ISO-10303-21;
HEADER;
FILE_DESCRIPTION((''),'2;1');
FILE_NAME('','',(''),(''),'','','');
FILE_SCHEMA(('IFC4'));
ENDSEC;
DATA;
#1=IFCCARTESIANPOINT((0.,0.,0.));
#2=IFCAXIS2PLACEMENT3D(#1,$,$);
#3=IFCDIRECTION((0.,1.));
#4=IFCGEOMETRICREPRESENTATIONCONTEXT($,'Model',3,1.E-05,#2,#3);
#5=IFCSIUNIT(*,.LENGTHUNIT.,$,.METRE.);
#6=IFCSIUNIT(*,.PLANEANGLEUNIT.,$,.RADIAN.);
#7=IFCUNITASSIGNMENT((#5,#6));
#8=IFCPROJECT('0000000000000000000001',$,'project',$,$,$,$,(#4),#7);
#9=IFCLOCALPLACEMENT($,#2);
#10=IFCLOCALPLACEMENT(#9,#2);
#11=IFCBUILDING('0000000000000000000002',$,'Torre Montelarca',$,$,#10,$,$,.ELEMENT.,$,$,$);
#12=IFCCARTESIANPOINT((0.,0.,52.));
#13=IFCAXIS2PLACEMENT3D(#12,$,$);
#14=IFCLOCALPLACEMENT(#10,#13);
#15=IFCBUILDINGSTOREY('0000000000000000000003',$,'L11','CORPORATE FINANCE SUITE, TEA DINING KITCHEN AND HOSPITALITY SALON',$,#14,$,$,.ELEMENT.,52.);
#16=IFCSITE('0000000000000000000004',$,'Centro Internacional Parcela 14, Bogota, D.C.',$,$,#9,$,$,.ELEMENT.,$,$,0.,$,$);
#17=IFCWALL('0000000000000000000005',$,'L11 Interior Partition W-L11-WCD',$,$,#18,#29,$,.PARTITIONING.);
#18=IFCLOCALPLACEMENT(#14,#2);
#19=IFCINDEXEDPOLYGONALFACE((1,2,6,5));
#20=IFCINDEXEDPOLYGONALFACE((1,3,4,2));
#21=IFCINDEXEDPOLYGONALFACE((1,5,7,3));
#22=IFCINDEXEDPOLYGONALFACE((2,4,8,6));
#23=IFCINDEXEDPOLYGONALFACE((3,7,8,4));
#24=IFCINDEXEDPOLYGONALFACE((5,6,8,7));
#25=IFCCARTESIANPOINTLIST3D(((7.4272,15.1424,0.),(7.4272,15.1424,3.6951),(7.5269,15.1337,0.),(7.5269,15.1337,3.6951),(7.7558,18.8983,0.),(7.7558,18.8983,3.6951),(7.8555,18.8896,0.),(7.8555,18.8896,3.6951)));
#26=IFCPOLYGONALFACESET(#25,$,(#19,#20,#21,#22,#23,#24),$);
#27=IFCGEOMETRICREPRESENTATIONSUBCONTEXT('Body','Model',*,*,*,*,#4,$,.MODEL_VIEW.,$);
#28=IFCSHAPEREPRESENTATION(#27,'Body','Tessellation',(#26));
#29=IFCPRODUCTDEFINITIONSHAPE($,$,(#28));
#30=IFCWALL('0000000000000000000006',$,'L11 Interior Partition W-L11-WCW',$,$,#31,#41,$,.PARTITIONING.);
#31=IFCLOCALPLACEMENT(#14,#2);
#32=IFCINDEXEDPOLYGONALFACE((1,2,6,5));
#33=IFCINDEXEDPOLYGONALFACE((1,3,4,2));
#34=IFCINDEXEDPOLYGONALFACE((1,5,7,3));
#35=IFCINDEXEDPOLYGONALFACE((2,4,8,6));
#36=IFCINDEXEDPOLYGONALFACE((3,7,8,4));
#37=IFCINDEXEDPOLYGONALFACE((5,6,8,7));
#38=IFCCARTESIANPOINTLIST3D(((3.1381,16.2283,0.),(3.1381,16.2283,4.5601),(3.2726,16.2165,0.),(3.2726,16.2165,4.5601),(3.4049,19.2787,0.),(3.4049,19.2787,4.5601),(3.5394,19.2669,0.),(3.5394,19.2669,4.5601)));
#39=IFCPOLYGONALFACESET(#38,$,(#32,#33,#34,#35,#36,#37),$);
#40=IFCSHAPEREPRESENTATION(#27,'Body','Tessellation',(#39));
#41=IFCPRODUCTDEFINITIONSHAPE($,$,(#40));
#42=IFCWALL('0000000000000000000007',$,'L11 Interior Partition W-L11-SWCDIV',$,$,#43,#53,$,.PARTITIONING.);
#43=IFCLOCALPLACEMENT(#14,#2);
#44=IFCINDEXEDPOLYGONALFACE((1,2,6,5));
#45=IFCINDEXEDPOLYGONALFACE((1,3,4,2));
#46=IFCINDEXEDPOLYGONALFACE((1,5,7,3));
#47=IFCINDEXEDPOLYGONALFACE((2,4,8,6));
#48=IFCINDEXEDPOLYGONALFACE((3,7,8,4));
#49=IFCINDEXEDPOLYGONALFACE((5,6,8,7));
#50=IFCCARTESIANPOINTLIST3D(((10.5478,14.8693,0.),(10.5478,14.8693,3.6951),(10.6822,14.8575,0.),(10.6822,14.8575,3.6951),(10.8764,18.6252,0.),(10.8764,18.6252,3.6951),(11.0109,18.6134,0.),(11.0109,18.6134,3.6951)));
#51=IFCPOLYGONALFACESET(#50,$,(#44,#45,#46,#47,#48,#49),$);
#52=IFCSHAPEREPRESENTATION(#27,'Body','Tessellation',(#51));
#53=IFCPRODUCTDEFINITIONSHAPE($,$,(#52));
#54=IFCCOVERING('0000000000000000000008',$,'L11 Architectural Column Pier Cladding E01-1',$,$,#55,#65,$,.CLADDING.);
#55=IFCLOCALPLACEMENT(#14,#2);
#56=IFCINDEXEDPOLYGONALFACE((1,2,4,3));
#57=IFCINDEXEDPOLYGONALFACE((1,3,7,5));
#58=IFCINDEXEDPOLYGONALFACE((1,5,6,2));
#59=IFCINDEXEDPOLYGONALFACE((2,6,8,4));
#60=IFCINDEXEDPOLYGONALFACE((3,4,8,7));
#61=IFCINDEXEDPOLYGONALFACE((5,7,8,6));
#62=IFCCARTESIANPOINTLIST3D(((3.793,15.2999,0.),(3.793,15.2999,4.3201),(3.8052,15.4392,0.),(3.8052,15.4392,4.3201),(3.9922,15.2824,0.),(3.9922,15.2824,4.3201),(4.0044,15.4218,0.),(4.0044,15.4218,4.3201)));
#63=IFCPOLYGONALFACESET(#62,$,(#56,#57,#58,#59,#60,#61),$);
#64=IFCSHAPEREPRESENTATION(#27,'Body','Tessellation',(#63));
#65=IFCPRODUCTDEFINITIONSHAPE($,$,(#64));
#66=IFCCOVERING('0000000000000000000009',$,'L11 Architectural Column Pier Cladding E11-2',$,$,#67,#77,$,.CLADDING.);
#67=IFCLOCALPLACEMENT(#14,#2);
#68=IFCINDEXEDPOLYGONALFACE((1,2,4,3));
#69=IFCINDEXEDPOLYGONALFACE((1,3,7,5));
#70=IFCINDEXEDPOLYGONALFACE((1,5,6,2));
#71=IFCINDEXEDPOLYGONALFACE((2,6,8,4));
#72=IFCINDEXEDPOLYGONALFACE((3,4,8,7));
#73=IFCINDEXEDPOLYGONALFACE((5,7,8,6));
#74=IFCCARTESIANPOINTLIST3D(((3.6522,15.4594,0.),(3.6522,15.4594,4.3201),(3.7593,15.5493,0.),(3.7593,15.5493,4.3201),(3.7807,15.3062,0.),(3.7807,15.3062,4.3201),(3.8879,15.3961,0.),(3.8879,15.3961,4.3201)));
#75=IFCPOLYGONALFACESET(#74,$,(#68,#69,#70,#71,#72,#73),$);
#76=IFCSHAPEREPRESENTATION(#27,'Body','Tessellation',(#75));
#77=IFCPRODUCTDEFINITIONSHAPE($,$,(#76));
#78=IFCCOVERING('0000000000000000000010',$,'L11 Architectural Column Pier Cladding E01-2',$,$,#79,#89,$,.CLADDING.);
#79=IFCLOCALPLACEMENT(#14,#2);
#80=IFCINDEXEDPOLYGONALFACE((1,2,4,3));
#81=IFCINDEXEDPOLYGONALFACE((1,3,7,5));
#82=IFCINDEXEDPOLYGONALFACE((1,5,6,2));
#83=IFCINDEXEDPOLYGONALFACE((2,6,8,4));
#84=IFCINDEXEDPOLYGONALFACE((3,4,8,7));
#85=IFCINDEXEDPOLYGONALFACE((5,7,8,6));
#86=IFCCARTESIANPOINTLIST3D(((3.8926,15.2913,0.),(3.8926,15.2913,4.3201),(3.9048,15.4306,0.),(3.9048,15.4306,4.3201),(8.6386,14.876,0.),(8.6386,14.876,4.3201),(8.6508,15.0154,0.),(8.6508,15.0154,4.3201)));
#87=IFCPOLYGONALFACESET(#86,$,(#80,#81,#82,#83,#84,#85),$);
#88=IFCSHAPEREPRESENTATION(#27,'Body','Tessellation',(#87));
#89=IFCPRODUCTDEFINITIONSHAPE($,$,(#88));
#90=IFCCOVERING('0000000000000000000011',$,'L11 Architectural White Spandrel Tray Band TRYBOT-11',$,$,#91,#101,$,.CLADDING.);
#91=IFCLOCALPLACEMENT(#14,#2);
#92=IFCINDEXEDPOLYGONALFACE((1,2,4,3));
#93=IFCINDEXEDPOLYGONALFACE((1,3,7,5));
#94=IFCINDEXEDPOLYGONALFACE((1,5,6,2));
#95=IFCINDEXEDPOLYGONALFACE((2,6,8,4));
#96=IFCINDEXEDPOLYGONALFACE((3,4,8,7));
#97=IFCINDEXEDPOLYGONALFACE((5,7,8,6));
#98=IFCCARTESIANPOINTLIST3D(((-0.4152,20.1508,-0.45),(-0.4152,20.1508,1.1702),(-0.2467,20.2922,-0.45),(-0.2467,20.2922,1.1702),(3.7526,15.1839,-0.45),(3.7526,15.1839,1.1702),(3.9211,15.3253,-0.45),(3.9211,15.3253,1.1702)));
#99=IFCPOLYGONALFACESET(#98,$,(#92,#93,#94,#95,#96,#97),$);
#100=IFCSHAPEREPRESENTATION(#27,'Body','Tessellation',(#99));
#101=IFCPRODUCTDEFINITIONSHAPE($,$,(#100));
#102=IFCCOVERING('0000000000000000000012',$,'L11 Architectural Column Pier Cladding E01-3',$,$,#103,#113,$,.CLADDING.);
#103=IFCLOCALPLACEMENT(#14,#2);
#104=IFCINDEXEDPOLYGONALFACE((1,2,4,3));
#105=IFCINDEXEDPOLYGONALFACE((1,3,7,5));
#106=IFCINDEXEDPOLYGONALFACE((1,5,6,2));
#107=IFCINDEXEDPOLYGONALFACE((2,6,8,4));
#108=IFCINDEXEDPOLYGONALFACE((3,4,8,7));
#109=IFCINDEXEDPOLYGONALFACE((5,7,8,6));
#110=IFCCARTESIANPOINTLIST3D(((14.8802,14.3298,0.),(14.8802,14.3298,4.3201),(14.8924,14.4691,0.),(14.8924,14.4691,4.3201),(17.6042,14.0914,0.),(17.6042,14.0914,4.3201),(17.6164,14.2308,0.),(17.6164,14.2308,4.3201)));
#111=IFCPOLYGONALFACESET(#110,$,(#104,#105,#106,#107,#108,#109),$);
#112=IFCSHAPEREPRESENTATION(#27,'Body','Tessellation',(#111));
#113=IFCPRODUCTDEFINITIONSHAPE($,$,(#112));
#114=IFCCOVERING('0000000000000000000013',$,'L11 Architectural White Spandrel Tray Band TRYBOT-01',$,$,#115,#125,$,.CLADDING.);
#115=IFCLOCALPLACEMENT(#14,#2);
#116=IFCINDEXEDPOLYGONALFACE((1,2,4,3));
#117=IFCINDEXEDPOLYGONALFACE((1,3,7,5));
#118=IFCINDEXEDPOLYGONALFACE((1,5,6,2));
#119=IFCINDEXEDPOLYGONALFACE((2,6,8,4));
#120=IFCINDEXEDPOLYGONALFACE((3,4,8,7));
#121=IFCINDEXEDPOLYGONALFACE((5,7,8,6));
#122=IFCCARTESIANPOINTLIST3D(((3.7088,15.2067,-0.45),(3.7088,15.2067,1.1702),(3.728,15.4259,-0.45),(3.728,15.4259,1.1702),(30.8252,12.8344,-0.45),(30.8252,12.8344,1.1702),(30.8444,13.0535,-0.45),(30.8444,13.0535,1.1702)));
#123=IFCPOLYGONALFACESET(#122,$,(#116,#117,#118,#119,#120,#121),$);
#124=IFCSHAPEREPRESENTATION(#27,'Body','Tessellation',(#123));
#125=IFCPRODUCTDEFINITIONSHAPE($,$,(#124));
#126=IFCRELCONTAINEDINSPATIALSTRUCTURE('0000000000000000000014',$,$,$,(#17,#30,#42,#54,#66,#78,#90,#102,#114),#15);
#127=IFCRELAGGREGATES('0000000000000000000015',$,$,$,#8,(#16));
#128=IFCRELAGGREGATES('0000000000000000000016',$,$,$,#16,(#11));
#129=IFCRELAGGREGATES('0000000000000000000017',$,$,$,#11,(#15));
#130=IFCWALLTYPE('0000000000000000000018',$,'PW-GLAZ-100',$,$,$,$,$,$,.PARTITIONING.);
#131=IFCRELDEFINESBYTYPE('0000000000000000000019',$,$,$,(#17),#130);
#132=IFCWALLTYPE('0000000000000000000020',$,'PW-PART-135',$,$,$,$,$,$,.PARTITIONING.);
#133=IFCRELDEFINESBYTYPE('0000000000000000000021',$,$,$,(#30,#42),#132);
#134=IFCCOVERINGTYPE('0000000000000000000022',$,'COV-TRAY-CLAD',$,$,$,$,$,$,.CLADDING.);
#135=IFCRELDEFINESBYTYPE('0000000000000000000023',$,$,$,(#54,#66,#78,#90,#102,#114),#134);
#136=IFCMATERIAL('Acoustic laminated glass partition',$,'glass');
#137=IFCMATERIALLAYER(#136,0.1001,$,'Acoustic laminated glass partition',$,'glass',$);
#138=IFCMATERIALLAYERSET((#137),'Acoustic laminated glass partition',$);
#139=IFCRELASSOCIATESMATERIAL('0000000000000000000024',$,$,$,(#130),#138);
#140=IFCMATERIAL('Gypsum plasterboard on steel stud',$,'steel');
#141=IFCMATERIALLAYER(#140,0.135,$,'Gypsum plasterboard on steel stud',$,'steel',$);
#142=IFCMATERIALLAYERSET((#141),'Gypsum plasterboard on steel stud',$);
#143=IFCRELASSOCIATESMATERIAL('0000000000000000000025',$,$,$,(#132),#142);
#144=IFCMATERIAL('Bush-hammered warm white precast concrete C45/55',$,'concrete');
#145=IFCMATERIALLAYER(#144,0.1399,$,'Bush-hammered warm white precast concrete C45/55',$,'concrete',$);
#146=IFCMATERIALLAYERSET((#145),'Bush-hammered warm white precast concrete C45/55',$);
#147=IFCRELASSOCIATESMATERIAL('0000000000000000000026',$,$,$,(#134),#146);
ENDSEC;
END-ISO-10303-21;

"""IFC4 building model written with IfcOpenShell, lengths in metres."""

from ifc_helpers import new_model, si_unit, direction, frame, frame_2d, origin, origin_2d, place, context, subcontext, project, spatial, rectangle, extrude, source, transform, mapped, material, layer, layer_set, type_object, element, save


model = new_model("IFC4")

# Units and contexts
model_context = context("Model", 3, precision=1e-05, world=origin(), true_north=direction((0.0, 1.0)))
body_context = subcontext(model_context, "Body", "Model", "MODEL_VIEW")
ifc_project = project(units=[si_unit("LENGTHUNIT", "METRE"), si_unit("PLANEANGLEUNIT", "RADIAN")], contexts=[model_context])

# Site, building, storey
site_placement = place(None, origin())
site = spatial("IfcSite", under=ifc_project, at=site_placement, Name="Centro Internacional Parcela 14, Bogota, D.C.", CompositionType="ELEMENT", RefElevation=0.0)
building_placement = place(site_placement, origin())
building = spatial("IfcBuilding", under=site, at=building_placement, Name="Torre Montelarca", CompositionType="ELEMENT")
storey_placement = place(building_placement, frame((0.0, 0.0, 52.0)))
storey = spatial("IfcBuildingStorey", under=building, at=storey_placement, Name="L11", Description="CORPORATE FINANCE SUITE, TEA DINING KITCHEN AND HOSPITALITY SALON", CompositionType="ELEMENT", Elevation=52.0)

# Walls
ifc_material_1 = material(Name="Acoustic laminated glass partition", Category="glass")
ifc_layer_1 = layer(ifc_material_1, 0.1001, Name="Acoustic laminated glass partition", Category="glass")
ifc_layer_set_1 = layer_set([ifc_layer_1], Name="Acoustic laminated glass partition")
wall_type_1 = type_object("IfcWallType", Name="PW-GLAZ-100", PredefinedType="PARTITIONING", material=ifc_layer_set_1)
wall_1_placement = place(storey_placement, frame((7.4771, 15.1379, 0.0), z_axis=(0.0, 0.0, 1.0), x_axis=(0.087161, 0.996194, 0.0)))
element("IfcWall", 1, at=wall_1_placement, inside=storey, type_object=wall_type_1, Name="L11 Interior Partition W-L11-WCD", PredefinedType="PARTITIONING", context=body_context, shape_type="SweptSolid", body=[
    extrude(rectangle(XDim=3.7703, YDim=0.1001, at=frame_2d((1.8853, 0.0))), origin(), (0.0, 0.0, 1.0), 3.6951),
])
ifc_material_2 = material(Name="Gypsum plasterboard on steel stud", Category="steel")
ifc_layer_2 = layer(ifc_material_2, 0.135, Name="Gypsum plasterboard on steel stud", Category="steel")
ifc_layer_set_2 = layer_set([ifc_layer_2], Name="Gypsum plasterboard on steel stud")
wall_type_2 = type_object("IfcWallType", Name="PW-PART-135", PredefinedType="PARTITIONING", material=ifc_layer_set_2)
wall_2_placement = place(storey_placement, frame((3.2053, 16.2224, 0.0), z_axis=(0.0, 0.0, 1.0), x_axis=(0.087149, 0.996195, 0.0)))
element("IfcWall", 2, at=wall_2_placement, inside=storey, type_object=wall_type_2, Name="L11 Interior Partition W-L11-WCW", PredefinedType="PARTITIONING", context=body_context, shape_type="SweptSolid", body=[
    extrude(rectangle(XDim=3.062, YDim=0.135, at=frame_2d((1.531, 0.0))), origin(), (0.0, 0.0, 1.0), 4.5601),
])
wall_3_placement = place(storey_placement, frame((10.615, 14.8633, 0.0), z_axis=(0.0, 0.0, 1.0), x_axis=(0.087161, 0.996194, 0.0)))
element("IfcWall", 3, at=wall_3_placement, inside=storey, type_object=wall_type_2, Name="L11 Interior Partition W-L11-SWCDIV", PredefinedType="PARTITIONING", context=body_context, shape_type="SweptSolid", body=[
    extrude(rectangle(XDim=3.7703, YDim=0.135, at=frame_2d((1.8853, 0.0))), origin(), (0.0, 0.0, 1.0), 3.6951),
])

# Coverings
ifc_material_3 = material(Name="Bush-hammered warm white precast concrete C45/55", Category="concrete")
ifc_layer_3 = layer(ifc_material_3, 0.1399, Name="Bush-hammered warm white precast concrete C45/55", Category="concrete")
ifc_layer_set_3 = layer_set([ifc_layer_3], Name="Bush-hammered warm white precast concrete C45/55")
covering_type = type_object("IfcCoveringType", Name="COV-TRAY-CLAD", PredefinedType="CLADDING", material=ifc_layer_set_3)
shared_shape_1 = source(origin(), body_context, "Body", "SweptSolid", [
    extrude(rectangle(XDim=0.2, YDim=0.1399, at=origin_2d()), origin(), (0.0, 0.0, 1.0), 4.3201),
])
for number, where, z_axis, x_axis, name in (
    (4, (3.8987, 15.3608, 0.0), (0.0, 0.0, 1.0), (0.996195, -0.087157, 0.0), "L11 Architectural Column Pier Cladding E01-1"),
    (5, (3.77, 15.4277, 0.0), (0.0, 0.0, 1.0), (0.642794, -0.766039, 0.0), "L11 Architectural Column Pier Cladding E11-2"),
):
    element("IfcCovering", number, at=place(storey_placement, frame(where, z_axis=z_axis, x_axis=x_axis)), inside=storey, type_object=covering_type, Name=name, PredefinedType="CLADDING", context=body_context, shape_type="MappedRepresentation", body=[
        mapped(shared_shape_1, transform((0.0, 0.0, 0.0), scale=1.0)),
    ])
shared_shape_2 = source(origin(), body_context, "Body", "SweptSolid", [
    extrude(rectangle(XDim=4.7642, YDim=0.1399, at=origin_2d()), origin(), (0.0, 0.0, 1.0), 4.3201),
])
covering_1_placement = place(storey_placement, frame((6.2717, 15.1533, 0.0), z_axis=(0.0, 0.0, 1.0), x_axis=(0.996195, -0.087157, 0.0)))
element("IfcCovering", 6, at=covering_1_placement, inside=storey, type_object=covering_type, Name="L11 Architectural Column Pier Cladding E01-2", PredefinedType="CLADDING", context=body_context, shape_type="MappedRepresentation", body=[
    mapped(shared_shape_2, transform((0.0, 0.0, 0.0), scale=1.0)),
])
shared_shape_3 = source(origin(), body_context, "Body", "SweptSolid", [
    extrude(rectangle(XDim=6.4839, YDim=0.22, at=origin_2d()), origin(), (0.0, 0.0, 1.0), 1.6201),
])
covering_2_placement = place(storey_placement, frame((1.7529, 17.738, -0.45), z_axis=(0.0, 0.0, 1.0), x_axis=(0.642788, -0.766044, 0.0)))
element("IfcCovering", 7, at=covering_2_placement, inside=storey, type_object=covering_type, Name="L11 Architectural White Spandrel Tray Band TRYBOT-11", PredefinedType="CLADDING", context=body_context, shape_type="MappedRepresentation", body=[
    mapped(shared_shape_3, transform((0.0, 0.0, 0.0), scale=1.0)),
])
shared_shape_4 = source(origin(), body_context, "Body", "SweptSolid", [
    extrude(rectangle(XDim=2.7344, YDim=0.1399, at=origin_2d()), origin(), (0.0, 0.0, 1.0), 4.3201),
])
covering_3_placement = place(storey_placement, frame((16.2483, 14.2803, 0.0), z_axis=(0.0, 0.0, 1.0), x_axis=(0.996195, -0.087157, 0.0)))
element("IfcCovering", 8, at=covering_3_placement, inside=storey, type_object=covering_type, Name="L11 Architectural Column Pier Cladding E01-3", PredefinedType="CLADDING", context=body_context, shape_type="MappedRepresentation", body=[
    mapped(shared_shape_4, transform((0.0, 0.0, 0.0), scale=1.0)),
])
shared_shape_5 = source(origin(), body_context, "Body", "SweptSolid", [
    extrude(rectangle(XDim=27.22, YDim=0.22, at=origin_2d()), origin(), (0.0, 0.0, 1.0), 1.6201),
])
covering_4_placement = place(storey_placement, frame((17.2766, 14.1301, -0.45), z_axis=(0.0, 0.0, 1.0), x_axis=(0.996195, -0.087156, 0.0)))
element("IfcCovering", 9, at=covering_4_placement, inside=storey, type_object=covering_type, Name="L11 Architectural White Spandrel Tray Band TRYBOT-01", PredefinedType="CLADDING", context=body_context, shape_type="MappedRepresentation", body=[
    mapped(shared_shape_5, transform((0.0, 0.0, 0.0), scale=1.0)),
])

save(model, "model.ifc")
